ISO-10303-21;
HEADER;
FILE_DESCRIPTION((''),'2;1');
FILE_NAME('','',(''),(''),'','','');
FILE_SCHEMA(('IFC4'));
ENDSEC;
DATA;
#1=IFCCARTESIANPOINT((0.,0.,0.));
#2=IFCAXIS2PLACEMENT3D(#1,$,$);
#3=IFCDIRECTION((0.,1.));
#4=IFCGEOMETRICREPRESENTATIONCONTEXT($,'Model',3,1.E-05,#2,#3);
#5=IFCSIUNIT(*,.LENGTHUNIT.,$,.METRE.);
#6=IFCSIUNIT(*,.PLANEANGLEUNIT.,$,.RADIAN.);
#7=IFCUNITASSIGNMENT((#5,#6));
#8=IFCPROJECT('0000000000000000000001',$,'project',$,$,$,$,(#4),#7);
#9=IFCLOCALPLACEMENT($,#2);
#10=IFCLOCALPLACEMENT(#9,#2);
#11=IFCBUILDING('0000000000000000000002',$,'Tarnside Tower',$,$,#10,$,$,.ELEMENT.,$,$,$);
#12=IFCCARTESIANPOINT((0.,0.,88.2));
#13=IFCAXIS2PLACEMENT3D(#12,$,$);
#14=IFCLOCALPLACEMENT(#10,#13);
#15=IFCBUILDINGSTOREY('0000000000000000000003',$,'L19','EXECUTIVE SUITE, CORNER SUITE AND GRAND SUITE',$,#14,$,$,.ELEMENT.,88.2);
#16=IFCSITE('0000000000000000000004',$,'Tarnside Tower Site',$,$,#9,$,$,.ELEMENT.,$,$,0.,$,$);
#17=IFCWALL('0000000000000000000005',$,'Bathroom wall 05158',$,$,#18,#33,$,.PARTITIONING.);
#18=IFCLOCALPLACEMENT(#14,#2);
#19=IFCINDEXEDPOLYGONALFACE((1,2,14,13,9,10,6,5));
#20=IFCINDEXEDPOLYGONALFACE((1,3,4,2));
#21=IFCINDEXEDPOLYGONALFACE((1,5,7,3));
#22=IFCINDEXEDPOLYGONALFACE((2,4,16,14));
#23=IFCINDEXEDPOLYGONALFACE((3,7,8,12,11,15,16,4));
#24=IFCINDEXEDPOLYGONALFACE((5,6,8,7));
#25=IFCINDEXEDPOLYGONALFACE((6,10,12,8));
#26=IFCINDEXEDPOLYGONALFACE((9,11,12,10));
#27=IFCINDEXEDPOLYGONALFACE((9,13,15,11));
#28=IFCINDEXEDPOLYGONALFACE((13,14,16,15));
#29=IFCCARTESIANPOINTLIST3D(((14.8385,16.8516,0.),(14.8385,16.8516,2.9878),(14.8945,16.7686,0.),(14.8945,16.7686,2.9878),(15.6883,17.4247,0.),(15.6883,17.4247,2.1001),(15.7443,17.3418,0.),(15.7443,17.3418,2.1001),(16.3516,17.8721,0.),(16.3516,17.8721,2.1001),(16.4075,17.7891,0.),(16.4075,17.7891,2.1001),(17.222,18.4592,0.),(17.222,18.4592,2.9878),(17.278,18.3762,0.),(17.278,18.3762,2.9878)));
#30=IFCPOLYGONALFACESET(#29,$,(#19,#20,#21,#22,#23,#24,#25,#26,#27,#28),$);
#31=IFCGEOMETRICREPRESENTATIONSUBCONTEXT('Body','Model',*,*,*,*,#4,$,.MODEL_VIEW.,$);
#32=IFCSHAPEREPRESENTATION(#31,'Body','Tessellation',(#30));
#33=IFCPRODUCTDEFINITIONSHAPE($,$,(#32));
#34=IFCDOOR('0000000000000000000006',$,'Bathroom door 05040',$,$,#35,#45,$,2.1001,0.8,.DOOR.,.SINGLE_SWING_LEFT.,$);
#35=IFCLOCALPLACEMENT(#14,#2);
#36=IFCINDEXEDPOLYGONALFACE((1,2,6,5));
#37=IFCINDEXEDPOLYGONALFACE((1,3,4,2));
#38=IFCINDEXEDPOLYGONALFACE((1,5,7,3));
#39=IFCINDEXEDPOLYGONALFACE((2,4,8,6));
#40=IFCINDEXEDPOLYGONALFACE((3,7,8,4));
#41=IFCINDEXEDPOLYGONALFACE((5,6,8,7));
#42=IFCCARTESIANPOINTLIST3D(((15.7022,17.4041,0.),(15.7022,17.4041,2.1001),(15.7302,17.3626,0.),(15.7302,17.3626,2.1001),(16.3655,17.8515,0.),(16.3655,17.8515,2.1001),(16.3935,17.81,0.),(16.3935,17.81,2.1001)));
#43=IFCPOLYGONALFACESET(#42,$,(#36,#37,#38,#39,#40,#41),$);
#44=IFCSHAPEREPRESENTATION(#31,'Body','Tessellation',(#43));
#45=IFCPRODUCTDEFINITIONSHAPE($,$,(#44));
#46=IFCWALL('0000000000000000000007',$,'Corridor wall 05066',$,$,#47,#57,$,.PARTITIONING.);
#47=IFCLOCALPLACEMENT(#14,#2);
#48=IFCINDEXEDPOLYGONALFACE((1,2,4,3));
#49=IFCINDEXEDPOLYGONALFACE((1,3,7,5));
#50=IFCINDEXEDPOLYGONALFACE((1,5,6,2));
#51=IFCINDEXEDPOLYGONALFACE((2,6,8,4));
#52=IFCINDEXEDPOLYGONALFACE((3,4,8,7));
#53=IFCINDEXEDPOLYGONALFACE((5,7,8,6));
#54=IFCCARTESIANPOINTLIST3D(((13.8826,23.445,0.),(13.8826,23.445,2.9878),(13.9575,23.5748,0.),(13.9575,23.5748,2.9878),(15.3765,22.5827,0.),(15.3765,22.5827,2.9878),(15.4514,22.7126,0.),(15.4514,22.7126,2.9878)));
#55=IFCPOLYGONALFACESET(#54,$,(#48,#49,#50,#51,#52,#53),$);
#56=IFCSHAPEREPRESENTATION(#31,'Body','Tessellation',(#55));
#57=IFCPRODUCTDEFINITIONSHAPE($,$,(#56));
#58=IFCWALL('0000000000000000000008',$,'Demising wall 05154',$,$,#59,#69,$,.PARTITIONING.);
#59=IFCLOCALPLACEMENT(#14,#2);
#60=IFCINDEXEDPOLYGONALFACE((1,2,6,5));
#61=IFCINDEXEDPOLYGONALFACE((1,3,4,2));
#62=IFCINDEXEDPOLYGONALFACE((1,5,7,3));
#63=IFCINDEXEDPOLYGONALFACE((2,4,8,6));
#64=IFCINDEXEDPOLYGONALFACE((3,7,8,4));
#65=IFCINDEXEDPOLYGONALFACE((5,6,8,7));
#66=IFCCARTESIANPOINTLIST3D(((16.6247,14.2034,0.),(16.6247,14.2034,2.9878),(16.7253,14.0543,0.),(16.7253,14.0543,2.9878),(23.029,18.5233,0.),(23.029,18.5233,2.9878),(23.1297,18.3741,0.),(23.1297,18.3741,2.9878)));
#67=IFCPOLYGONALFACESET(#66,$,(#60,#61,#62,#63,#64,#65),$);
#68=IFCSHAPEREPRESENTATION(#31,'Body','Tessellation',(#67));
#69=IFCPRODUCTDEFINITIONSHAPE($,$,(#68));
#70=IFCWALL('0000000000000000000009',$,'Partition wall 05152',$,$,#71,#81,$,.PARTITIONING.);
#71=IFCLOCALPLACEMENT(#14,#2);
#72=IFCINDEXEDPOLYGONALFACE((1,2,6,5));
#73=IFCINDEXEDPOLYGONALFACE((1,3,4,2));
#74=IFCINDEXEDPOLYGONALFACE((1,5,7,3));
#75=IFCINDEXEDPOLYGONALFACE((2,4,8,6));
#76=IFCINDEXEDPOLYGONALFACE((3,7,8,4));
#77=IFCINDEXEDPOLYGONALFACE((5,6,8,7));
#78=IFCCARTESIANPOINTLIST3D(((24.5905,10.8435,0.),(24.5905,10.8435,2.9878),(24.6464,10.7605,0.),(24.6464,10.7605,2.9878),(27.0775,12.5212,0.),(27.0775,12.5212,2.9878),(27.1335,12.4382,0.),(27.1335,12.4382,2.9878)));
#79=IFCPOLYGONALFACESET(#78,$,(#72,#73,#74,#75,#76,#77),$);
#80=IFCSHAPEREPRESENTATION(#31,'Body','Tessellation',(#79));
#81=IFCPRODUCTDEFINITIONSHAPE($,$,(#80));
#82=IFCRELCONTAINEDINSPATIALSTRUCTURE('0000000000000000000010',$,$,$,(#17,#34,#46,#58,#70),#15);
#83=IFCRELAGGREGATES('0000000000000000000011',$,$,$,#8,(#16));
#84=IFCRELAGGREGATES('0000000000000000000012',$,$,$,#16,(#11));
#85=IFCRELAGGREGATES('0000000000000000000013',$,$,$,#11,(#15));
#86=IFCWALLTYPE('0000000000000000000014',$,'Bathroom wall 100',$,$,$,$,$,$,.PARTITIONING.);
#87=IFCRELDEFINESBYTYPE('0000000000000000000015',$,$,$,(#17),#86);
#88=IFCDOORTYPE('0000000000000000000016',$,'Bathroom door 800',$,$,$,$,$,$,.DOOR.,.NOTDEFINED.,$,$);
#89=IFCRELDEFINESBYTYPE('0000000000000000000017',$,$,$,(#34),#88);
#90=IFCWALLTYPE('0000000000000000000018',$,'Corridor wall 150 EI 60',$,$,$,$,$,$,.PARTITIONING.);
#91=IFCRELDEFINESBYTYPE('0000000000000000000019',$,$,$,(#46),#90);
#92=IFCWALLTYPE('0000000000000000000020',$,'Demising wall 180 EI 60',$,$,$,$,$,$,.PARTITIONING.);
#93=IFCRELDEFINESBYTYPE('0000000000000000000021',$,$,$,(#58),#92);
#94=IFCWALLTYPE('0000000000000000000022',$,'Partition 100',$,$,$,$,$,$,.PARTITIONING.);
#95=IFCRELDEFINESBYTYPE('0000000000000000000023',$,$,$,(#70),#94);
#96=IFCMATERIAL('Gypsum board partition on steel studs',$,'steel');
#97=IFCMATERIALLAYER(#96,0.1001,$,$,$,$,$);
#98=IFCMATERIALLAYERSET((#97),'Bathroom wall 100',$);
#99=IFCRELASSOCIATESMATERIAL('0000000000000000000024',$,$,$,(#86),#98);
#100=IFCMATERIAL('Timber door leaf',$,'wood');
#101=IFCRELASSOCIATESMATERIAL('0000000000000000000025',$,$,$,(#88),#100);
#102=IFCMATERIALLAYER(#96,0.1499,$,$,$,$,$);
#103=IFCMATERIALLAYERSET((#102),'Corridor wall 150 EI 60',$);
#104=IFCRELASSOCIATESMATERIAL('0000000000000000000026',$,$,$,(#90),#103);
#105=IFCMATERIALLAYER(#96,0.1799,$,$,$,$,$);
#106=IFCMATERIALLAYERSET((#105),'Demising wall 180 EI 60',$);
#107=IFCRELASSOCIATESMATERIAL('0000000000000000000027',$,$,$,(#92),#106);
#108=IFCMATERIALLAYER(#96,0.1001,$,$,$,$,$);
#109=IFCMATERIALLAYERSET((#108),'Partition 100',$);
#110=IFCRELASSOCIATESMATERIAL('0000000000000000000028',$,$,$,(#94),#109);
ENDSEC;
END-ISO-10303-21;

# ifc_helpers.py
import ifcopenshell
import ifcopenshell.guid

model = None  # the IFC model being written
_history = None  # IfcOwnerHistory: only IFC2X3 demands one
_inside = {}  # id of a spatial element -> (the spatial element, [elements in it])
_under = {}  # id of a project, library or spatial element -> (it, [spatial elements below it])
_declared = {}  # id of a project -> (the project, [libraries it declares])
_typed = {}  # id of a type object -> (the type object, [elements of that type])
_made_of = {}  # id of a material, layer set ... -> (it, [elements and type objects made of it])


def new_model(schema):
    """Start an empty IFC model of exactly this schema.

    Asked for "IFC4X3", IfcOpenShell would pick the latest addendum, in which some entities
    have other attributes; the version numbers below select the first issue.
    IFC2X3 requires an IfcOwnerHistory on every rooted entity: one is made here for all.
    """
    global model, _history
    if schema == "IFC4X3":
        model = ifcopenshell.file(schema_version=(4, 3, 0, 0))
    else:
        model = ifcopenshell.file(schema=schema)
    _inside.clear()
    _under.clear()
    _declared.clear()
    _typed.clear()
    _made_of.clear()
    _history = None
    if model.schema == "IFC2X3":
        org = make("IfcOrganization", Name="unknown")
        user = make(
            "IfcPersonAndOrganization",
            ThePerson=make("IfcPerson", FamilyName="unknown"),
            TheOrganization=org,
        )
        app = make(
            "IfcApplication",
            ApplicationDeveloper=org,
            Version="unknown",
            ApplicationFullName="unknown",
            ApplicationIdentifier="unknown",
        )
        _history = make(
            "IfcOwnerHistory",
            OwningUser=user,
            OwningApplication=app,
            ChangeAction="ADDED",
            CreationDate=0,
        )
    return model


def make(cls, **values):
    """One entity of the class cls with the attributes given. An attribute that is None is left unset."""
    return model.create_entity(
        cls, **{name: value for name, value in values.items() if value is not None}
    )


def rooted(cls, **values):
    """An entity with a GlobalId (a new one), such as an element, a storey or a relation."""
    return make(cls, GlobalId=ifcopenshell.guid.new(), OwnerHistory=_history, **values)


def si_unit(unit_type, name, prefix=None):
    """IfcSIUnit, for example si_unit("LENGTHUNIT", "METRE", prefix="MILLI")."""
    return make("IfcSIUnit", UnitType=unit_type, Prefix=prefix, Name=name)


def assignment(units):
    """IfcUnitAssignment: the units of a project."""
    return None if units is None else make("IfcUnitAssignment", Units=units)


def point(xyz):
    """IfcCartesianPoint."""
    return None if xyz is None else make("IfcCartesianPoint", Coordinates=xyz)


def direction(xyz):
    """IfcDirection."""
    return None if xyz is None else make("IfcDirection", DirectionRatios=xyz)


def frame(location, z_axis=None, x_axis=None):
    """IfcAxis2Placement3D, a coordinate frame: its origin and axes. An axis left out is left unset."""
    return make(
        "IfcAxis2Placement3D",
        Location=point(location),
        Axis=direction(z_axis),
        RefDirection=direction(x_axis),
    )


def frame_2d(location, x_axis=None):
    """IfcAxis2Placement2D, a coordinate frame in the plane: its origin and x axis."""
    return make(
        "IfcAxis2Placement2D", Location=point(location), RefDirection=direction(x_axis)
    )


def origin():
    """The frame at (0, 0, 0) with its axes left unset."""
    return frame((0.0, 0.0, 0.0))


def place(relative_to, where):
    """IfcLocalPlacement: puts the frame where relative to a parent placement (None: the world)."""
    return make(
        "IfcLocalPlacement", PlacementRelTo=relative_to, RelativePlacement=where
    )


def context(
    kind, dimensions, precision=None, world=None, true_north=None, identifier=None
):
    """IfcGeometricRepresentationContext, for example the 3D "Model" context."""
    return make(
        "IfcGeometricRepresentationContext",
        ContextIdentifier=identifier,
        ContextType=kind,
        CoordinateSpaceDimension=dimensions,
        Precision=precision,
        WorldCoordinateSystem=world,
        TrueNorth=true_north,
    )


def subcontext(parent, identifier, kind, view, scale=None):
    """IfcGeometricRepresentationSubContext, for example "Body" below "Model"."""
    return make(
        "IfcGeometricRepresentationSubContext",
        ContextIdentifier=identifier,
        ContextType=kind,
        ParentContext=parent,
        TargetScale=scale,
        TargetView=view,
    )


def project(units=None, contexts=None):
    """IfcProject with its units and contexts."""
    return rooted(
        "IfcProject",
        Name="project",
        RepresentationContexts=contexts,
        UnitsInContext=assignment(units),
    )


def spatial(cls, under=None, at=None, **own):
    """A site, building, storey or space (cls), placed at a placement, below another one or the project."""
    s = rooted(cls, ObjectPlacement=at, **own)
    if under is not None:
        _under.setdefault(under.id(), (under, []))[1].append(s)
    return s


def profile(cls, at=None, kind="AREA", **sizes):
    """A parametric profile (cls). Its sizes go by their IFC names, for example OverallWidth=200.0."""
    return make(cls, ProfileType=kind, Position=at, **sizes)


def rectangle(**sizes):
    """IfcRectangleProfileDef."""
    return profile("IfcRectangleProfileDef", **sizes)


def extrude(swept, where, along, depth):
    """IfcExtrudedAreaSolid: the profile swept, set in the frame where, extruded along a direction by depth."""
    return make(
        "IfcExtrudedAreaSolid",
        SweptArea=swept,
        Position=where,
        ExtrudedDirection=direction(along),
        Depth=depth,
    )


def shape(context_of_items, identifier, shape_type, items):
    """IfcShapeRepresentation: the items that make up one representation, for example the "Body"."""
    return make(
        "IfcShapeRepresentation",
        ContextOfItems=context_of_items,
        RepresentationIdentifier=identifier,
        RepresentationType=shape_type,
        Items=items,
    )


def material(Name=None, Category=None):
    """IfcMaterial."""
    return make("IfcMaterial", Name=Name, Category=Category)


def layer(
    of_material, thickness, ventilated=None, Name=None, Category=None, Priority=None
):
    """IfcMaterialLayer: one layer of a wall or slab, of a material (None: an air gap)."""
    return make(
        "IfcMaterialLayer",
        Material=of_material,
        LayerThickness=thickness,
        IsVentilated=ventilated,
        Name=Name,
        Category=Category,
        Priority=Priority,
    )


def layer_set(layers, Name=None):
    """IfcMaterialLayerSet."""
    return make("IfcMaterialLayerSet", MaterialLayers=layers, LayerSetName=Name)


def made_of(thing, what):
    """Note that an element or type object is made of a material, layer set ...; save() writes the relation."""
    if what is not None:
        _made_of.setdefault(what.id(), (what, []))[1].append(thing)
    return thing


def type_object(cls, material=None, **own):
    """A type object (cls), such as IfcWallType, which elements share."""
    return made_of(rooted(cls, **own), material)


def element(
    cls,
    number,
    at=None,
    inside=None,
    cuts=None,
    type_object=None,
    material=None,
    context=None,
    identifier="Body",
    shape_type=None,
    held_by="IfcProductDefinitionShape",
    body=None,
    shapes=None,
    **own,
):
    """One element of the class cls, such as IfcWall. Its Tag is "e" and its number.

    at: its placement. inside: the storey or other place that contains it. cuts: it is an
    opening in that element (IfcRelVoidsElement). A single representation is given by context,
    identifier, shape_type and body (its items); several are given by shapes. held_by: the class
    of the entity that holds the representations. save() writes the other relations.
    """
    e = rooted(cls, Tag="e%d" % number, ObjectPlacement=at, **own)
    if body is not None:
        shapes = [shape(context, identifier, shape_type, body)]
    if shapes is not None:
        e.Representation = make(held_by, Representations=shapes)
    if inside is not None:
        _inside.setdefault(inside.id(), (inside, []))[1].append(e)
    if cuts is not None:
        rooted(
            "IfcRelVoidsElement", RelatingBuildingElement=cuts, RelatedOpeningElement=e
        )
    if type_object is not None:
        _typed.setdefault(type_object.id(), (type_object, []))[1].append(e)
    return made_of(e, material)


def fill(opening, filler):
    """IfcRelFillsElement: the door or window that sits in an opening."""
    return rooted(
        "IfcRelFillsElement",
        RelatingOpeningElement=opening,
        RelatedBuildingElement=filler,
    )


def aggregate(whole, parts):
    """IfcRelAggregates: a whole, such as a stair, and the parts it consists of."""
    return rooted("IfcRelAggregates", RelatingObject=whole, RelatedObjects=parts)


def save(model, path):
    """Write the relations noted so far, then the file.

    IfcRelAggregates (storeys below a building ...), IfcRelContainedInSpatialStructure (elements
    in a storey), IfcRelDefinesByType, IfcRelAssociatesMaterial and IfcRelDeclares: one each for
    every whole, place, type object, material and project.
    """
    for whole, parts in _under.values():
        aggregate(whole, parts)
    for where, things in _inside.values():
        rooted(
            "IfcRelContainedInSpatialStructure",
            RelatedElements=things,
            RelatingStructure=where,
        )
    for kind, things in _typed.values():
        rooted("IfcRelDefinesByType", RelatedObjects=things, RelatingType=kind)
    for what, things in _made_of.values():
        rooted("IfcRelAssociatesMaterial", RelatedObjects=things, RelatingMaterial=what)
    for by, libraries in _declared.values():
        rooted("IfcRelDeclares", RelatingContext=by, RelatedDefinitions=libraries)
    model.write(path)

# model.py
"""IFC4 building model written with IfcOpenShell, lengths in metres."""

from ifc_helpers import new_model, si_unit, direction, frame, frame_2d, origin, place, context, subcontext, project, spatial, rectangle, extrude, material, layer, layer_set, type_object, element, fill, save


model = new_model("IFC4")

# Units and contexts
model_context = context("Model", 3, precision=1e-05, world=origin(), true_north=direction((0.0, 1.0)))
body_context = subcontext(model_context, "Body", "Model", "MODEL_VIEW")
ifc_project = project(units=[si_unit("LENGTHUNIT", "METRE"), si_unit("PLANEANGLEUNIT", "RADIAN")], contexts=[model_context])

# Site, building, storey
site_placement = place(None, origin())
site = spatial("IfcSite", under=ifc_project, at=site_placement, Name="Tarnside Tower Site", CompositionType="ELEMENT", RefElevation=0.0)
building_placement = place(site_placement, origin())
building = spatial("IfcBuilding", under=site, at=building_placement, Name="Tarnside Tower", CompositionType="ELEMENT")
storey_placement = place(building_placement, frame((0.0, 0.0, 88.2)))
storey = spatial("IfcBuildingStorey", under=building, at=storey_placement, Name="L19", Description="EXECUTIVE SUITE, CORNER SUITE AND GRAND SUITE", CompositionType="ELEMENT", Elevation=88.2)

# Shared definitions
ifc_material_1 = material(Name="Gypsum board partition on steel studs", Category="steel")
ifc_layer_1 = layer(ifc_material_1, 0.1001)
ifc_layer_set_1 = layer_set([ifc_layer_1], Name="Bathroom wall 100")
wall_type_1 = type_object("IfcWallType", Name="Bathroom wall 100", PredefinedType="PARTITIONING", material=ifc_layer_set_1)

# Wall, opening, door
wall_1_placement = place(storey_placement, frame((17.25, 18.4177, 0.0), z_axis=(0.0, 0.0, 1.0), x_axis=(-0.829046, -0.55918, 0.0)))
wall_1 = element("IfcWall", 1, at=wall_1_placement, inside=storey, type_object=wall_type_1, Name="Bathroom wall 05158", PredefinedType="PARTITIONING", context=body_context, shape_type="SweptSolid", body=[
    extrude(rectangle(XDim=2.875, YDim=0.1001, at=frame_2d((1.4375, 0.0))), origin(), (0.0, 0.0, 1.0), 2.9878),
])
opening_1_placement = place(wall_1_placement, frame((1.05, 0.0, 0.0)))
opening_1 = element("IfcOpeningElement", 2, at=opening_1_placement, cuts=wall_1, PredefinedType="OPENING", context=body_context, shape_type="SweptSolid", body=[
    extrude(rectangle(XDim=0.8, YDim=2.1001, at=frame_2d((0.3999, 1.05))), frame((0.0, 0.0601, 0.0), z_axis=(0.0, -1.0, 0.0), x_axis=(1.0, 0.0, 0.0)), (0.0, 0.0, 1.0), 0.1201),
])
ifc_material_2 = material(Name="Timber door leaf", Category="wood")
door_type = type_object("IfcDoorType", Name="Bathroom door 800", OperationType="NOTDEFINED", PredefinedType="DOOR", material=ifc_material_2)
door_placement = place(opening_1_placement, origin())
door = element("IfcDoor", 3, at=door_placement, inside=storey, type_object=door_type, Name="Bathroom door 05040", OperationType="SINGLE_SWING_LEFT", OverallHeight=2.1001, OverallWidth=0.8, PredefinedType="DOOR", context=body_context, shape_type="SweptSolid", body=[
    extrude(rectangle(XDim=0.8, YDim=2.1001, at=frame_2d((0.3999, 1.05))), frame((0.0, 0.0249, 0.0), z_axis=(0.0, -1.0, 0.0), x_axis=(1.0, 0.0, 0.0)), (0.0, 0.0, 1.0), 0.05),
])
fill(opening_1, door)

# Walls
ifc_layer_2 = layer(ifc_material_1, 0.1499)
ifc_layer_set_2 = layer_set([ifc_layer_2], Name="Corridor wall 150 EI 60")
wall_type_2 = type_object("IfcWallType", Name="Corridor wall 150 EI 60", PredefinedType="PARTITIONING", material=ifc_layer_set_2)
wall_2_placement = place(storey_placement, frame((15.4138, 22.6477, 0.0), z_axis=(0.0, 0.0, 1.0), x_axis=(-0.866075, 0.499914, 0.0)))
element("IfcWall", 4, at=wall_2_placement, inside=storey, type_object=wall_type_2, Name="Corridor wall 05066", PredefinedType="PARTITIONING", context=body_context, shape_type="SweptSolid", body=[
    extrude(rectangle(XDim=1.7249, YDim=0.1499, at=frame_2d((0.8623, 0.0))), origin(), (0.0, 0.0, 1.0), 2.9878),
])
ifc_layer_3 = layer(ifc_material_1, 0.1799)
ifc_layer_set_3 = layer_set([ifc_layer_3], Name="Demising wall 180 EI 60")
wall_type_3 = type_object("IfcWallType", Name="Demising wall 180 EI 60", PredefinedType="PARTITIONING", material=ifc_layer_set_3)
wall_3_placement = place(storey_placement, frame((23.0793, 18.4487, 0.0), z_axis=(0.0, 0.0, 1.0), x_axis=(-0.829033, -0.559199, 0.0)))
element("IfcWall", 5, at=wall_3_placement, inside=storey, type_object=wall_type_3, Name="Demising wall 05154", PredefinedType="PARTITIONING", context=body_context, shape_type="SweptSolid", body=[
    extrude(rectangle(XDim=7.7251, YDim=0.1799, at=frame_2d((3.8625, 0.0))), origin(), (0.0, 0.0, 1.0), 2.9878),
])
ifc_layer_4 = layer(ifc_material_1, 0.1001)
ifc_layer_set_4 = layer_set([ifc_layer_4], Name="Partition 100")
wall_type_4 = type_object("IfcWallType", Name="Partition 100", PredefinedType="PARTITIONING", material=ifc_layer_set_4)
wall_4_placement = place(storey_placement, frame((27.1055, 12.4797, 0.0), z_axis=(0.0, 0.0, 1.0), x_axis=(-0.829008, -0.559237, 0.0)))
element("IfcWall", 6, at=wall_4_placement, inside=storey, type_object=wall_type_4, Name="Partition wall 05152", PredefinedType="PARTITIONING", context=body_context, shape_type="SweptSolid", body=[
    extrude(rectangle(XDim=3.0, YDim=0.1001, at=frame_2d((1.5, 0.0))), origin(), (0.0, 0.0, 1.0), 2.9878),
])

save(model, "model.ifc")
